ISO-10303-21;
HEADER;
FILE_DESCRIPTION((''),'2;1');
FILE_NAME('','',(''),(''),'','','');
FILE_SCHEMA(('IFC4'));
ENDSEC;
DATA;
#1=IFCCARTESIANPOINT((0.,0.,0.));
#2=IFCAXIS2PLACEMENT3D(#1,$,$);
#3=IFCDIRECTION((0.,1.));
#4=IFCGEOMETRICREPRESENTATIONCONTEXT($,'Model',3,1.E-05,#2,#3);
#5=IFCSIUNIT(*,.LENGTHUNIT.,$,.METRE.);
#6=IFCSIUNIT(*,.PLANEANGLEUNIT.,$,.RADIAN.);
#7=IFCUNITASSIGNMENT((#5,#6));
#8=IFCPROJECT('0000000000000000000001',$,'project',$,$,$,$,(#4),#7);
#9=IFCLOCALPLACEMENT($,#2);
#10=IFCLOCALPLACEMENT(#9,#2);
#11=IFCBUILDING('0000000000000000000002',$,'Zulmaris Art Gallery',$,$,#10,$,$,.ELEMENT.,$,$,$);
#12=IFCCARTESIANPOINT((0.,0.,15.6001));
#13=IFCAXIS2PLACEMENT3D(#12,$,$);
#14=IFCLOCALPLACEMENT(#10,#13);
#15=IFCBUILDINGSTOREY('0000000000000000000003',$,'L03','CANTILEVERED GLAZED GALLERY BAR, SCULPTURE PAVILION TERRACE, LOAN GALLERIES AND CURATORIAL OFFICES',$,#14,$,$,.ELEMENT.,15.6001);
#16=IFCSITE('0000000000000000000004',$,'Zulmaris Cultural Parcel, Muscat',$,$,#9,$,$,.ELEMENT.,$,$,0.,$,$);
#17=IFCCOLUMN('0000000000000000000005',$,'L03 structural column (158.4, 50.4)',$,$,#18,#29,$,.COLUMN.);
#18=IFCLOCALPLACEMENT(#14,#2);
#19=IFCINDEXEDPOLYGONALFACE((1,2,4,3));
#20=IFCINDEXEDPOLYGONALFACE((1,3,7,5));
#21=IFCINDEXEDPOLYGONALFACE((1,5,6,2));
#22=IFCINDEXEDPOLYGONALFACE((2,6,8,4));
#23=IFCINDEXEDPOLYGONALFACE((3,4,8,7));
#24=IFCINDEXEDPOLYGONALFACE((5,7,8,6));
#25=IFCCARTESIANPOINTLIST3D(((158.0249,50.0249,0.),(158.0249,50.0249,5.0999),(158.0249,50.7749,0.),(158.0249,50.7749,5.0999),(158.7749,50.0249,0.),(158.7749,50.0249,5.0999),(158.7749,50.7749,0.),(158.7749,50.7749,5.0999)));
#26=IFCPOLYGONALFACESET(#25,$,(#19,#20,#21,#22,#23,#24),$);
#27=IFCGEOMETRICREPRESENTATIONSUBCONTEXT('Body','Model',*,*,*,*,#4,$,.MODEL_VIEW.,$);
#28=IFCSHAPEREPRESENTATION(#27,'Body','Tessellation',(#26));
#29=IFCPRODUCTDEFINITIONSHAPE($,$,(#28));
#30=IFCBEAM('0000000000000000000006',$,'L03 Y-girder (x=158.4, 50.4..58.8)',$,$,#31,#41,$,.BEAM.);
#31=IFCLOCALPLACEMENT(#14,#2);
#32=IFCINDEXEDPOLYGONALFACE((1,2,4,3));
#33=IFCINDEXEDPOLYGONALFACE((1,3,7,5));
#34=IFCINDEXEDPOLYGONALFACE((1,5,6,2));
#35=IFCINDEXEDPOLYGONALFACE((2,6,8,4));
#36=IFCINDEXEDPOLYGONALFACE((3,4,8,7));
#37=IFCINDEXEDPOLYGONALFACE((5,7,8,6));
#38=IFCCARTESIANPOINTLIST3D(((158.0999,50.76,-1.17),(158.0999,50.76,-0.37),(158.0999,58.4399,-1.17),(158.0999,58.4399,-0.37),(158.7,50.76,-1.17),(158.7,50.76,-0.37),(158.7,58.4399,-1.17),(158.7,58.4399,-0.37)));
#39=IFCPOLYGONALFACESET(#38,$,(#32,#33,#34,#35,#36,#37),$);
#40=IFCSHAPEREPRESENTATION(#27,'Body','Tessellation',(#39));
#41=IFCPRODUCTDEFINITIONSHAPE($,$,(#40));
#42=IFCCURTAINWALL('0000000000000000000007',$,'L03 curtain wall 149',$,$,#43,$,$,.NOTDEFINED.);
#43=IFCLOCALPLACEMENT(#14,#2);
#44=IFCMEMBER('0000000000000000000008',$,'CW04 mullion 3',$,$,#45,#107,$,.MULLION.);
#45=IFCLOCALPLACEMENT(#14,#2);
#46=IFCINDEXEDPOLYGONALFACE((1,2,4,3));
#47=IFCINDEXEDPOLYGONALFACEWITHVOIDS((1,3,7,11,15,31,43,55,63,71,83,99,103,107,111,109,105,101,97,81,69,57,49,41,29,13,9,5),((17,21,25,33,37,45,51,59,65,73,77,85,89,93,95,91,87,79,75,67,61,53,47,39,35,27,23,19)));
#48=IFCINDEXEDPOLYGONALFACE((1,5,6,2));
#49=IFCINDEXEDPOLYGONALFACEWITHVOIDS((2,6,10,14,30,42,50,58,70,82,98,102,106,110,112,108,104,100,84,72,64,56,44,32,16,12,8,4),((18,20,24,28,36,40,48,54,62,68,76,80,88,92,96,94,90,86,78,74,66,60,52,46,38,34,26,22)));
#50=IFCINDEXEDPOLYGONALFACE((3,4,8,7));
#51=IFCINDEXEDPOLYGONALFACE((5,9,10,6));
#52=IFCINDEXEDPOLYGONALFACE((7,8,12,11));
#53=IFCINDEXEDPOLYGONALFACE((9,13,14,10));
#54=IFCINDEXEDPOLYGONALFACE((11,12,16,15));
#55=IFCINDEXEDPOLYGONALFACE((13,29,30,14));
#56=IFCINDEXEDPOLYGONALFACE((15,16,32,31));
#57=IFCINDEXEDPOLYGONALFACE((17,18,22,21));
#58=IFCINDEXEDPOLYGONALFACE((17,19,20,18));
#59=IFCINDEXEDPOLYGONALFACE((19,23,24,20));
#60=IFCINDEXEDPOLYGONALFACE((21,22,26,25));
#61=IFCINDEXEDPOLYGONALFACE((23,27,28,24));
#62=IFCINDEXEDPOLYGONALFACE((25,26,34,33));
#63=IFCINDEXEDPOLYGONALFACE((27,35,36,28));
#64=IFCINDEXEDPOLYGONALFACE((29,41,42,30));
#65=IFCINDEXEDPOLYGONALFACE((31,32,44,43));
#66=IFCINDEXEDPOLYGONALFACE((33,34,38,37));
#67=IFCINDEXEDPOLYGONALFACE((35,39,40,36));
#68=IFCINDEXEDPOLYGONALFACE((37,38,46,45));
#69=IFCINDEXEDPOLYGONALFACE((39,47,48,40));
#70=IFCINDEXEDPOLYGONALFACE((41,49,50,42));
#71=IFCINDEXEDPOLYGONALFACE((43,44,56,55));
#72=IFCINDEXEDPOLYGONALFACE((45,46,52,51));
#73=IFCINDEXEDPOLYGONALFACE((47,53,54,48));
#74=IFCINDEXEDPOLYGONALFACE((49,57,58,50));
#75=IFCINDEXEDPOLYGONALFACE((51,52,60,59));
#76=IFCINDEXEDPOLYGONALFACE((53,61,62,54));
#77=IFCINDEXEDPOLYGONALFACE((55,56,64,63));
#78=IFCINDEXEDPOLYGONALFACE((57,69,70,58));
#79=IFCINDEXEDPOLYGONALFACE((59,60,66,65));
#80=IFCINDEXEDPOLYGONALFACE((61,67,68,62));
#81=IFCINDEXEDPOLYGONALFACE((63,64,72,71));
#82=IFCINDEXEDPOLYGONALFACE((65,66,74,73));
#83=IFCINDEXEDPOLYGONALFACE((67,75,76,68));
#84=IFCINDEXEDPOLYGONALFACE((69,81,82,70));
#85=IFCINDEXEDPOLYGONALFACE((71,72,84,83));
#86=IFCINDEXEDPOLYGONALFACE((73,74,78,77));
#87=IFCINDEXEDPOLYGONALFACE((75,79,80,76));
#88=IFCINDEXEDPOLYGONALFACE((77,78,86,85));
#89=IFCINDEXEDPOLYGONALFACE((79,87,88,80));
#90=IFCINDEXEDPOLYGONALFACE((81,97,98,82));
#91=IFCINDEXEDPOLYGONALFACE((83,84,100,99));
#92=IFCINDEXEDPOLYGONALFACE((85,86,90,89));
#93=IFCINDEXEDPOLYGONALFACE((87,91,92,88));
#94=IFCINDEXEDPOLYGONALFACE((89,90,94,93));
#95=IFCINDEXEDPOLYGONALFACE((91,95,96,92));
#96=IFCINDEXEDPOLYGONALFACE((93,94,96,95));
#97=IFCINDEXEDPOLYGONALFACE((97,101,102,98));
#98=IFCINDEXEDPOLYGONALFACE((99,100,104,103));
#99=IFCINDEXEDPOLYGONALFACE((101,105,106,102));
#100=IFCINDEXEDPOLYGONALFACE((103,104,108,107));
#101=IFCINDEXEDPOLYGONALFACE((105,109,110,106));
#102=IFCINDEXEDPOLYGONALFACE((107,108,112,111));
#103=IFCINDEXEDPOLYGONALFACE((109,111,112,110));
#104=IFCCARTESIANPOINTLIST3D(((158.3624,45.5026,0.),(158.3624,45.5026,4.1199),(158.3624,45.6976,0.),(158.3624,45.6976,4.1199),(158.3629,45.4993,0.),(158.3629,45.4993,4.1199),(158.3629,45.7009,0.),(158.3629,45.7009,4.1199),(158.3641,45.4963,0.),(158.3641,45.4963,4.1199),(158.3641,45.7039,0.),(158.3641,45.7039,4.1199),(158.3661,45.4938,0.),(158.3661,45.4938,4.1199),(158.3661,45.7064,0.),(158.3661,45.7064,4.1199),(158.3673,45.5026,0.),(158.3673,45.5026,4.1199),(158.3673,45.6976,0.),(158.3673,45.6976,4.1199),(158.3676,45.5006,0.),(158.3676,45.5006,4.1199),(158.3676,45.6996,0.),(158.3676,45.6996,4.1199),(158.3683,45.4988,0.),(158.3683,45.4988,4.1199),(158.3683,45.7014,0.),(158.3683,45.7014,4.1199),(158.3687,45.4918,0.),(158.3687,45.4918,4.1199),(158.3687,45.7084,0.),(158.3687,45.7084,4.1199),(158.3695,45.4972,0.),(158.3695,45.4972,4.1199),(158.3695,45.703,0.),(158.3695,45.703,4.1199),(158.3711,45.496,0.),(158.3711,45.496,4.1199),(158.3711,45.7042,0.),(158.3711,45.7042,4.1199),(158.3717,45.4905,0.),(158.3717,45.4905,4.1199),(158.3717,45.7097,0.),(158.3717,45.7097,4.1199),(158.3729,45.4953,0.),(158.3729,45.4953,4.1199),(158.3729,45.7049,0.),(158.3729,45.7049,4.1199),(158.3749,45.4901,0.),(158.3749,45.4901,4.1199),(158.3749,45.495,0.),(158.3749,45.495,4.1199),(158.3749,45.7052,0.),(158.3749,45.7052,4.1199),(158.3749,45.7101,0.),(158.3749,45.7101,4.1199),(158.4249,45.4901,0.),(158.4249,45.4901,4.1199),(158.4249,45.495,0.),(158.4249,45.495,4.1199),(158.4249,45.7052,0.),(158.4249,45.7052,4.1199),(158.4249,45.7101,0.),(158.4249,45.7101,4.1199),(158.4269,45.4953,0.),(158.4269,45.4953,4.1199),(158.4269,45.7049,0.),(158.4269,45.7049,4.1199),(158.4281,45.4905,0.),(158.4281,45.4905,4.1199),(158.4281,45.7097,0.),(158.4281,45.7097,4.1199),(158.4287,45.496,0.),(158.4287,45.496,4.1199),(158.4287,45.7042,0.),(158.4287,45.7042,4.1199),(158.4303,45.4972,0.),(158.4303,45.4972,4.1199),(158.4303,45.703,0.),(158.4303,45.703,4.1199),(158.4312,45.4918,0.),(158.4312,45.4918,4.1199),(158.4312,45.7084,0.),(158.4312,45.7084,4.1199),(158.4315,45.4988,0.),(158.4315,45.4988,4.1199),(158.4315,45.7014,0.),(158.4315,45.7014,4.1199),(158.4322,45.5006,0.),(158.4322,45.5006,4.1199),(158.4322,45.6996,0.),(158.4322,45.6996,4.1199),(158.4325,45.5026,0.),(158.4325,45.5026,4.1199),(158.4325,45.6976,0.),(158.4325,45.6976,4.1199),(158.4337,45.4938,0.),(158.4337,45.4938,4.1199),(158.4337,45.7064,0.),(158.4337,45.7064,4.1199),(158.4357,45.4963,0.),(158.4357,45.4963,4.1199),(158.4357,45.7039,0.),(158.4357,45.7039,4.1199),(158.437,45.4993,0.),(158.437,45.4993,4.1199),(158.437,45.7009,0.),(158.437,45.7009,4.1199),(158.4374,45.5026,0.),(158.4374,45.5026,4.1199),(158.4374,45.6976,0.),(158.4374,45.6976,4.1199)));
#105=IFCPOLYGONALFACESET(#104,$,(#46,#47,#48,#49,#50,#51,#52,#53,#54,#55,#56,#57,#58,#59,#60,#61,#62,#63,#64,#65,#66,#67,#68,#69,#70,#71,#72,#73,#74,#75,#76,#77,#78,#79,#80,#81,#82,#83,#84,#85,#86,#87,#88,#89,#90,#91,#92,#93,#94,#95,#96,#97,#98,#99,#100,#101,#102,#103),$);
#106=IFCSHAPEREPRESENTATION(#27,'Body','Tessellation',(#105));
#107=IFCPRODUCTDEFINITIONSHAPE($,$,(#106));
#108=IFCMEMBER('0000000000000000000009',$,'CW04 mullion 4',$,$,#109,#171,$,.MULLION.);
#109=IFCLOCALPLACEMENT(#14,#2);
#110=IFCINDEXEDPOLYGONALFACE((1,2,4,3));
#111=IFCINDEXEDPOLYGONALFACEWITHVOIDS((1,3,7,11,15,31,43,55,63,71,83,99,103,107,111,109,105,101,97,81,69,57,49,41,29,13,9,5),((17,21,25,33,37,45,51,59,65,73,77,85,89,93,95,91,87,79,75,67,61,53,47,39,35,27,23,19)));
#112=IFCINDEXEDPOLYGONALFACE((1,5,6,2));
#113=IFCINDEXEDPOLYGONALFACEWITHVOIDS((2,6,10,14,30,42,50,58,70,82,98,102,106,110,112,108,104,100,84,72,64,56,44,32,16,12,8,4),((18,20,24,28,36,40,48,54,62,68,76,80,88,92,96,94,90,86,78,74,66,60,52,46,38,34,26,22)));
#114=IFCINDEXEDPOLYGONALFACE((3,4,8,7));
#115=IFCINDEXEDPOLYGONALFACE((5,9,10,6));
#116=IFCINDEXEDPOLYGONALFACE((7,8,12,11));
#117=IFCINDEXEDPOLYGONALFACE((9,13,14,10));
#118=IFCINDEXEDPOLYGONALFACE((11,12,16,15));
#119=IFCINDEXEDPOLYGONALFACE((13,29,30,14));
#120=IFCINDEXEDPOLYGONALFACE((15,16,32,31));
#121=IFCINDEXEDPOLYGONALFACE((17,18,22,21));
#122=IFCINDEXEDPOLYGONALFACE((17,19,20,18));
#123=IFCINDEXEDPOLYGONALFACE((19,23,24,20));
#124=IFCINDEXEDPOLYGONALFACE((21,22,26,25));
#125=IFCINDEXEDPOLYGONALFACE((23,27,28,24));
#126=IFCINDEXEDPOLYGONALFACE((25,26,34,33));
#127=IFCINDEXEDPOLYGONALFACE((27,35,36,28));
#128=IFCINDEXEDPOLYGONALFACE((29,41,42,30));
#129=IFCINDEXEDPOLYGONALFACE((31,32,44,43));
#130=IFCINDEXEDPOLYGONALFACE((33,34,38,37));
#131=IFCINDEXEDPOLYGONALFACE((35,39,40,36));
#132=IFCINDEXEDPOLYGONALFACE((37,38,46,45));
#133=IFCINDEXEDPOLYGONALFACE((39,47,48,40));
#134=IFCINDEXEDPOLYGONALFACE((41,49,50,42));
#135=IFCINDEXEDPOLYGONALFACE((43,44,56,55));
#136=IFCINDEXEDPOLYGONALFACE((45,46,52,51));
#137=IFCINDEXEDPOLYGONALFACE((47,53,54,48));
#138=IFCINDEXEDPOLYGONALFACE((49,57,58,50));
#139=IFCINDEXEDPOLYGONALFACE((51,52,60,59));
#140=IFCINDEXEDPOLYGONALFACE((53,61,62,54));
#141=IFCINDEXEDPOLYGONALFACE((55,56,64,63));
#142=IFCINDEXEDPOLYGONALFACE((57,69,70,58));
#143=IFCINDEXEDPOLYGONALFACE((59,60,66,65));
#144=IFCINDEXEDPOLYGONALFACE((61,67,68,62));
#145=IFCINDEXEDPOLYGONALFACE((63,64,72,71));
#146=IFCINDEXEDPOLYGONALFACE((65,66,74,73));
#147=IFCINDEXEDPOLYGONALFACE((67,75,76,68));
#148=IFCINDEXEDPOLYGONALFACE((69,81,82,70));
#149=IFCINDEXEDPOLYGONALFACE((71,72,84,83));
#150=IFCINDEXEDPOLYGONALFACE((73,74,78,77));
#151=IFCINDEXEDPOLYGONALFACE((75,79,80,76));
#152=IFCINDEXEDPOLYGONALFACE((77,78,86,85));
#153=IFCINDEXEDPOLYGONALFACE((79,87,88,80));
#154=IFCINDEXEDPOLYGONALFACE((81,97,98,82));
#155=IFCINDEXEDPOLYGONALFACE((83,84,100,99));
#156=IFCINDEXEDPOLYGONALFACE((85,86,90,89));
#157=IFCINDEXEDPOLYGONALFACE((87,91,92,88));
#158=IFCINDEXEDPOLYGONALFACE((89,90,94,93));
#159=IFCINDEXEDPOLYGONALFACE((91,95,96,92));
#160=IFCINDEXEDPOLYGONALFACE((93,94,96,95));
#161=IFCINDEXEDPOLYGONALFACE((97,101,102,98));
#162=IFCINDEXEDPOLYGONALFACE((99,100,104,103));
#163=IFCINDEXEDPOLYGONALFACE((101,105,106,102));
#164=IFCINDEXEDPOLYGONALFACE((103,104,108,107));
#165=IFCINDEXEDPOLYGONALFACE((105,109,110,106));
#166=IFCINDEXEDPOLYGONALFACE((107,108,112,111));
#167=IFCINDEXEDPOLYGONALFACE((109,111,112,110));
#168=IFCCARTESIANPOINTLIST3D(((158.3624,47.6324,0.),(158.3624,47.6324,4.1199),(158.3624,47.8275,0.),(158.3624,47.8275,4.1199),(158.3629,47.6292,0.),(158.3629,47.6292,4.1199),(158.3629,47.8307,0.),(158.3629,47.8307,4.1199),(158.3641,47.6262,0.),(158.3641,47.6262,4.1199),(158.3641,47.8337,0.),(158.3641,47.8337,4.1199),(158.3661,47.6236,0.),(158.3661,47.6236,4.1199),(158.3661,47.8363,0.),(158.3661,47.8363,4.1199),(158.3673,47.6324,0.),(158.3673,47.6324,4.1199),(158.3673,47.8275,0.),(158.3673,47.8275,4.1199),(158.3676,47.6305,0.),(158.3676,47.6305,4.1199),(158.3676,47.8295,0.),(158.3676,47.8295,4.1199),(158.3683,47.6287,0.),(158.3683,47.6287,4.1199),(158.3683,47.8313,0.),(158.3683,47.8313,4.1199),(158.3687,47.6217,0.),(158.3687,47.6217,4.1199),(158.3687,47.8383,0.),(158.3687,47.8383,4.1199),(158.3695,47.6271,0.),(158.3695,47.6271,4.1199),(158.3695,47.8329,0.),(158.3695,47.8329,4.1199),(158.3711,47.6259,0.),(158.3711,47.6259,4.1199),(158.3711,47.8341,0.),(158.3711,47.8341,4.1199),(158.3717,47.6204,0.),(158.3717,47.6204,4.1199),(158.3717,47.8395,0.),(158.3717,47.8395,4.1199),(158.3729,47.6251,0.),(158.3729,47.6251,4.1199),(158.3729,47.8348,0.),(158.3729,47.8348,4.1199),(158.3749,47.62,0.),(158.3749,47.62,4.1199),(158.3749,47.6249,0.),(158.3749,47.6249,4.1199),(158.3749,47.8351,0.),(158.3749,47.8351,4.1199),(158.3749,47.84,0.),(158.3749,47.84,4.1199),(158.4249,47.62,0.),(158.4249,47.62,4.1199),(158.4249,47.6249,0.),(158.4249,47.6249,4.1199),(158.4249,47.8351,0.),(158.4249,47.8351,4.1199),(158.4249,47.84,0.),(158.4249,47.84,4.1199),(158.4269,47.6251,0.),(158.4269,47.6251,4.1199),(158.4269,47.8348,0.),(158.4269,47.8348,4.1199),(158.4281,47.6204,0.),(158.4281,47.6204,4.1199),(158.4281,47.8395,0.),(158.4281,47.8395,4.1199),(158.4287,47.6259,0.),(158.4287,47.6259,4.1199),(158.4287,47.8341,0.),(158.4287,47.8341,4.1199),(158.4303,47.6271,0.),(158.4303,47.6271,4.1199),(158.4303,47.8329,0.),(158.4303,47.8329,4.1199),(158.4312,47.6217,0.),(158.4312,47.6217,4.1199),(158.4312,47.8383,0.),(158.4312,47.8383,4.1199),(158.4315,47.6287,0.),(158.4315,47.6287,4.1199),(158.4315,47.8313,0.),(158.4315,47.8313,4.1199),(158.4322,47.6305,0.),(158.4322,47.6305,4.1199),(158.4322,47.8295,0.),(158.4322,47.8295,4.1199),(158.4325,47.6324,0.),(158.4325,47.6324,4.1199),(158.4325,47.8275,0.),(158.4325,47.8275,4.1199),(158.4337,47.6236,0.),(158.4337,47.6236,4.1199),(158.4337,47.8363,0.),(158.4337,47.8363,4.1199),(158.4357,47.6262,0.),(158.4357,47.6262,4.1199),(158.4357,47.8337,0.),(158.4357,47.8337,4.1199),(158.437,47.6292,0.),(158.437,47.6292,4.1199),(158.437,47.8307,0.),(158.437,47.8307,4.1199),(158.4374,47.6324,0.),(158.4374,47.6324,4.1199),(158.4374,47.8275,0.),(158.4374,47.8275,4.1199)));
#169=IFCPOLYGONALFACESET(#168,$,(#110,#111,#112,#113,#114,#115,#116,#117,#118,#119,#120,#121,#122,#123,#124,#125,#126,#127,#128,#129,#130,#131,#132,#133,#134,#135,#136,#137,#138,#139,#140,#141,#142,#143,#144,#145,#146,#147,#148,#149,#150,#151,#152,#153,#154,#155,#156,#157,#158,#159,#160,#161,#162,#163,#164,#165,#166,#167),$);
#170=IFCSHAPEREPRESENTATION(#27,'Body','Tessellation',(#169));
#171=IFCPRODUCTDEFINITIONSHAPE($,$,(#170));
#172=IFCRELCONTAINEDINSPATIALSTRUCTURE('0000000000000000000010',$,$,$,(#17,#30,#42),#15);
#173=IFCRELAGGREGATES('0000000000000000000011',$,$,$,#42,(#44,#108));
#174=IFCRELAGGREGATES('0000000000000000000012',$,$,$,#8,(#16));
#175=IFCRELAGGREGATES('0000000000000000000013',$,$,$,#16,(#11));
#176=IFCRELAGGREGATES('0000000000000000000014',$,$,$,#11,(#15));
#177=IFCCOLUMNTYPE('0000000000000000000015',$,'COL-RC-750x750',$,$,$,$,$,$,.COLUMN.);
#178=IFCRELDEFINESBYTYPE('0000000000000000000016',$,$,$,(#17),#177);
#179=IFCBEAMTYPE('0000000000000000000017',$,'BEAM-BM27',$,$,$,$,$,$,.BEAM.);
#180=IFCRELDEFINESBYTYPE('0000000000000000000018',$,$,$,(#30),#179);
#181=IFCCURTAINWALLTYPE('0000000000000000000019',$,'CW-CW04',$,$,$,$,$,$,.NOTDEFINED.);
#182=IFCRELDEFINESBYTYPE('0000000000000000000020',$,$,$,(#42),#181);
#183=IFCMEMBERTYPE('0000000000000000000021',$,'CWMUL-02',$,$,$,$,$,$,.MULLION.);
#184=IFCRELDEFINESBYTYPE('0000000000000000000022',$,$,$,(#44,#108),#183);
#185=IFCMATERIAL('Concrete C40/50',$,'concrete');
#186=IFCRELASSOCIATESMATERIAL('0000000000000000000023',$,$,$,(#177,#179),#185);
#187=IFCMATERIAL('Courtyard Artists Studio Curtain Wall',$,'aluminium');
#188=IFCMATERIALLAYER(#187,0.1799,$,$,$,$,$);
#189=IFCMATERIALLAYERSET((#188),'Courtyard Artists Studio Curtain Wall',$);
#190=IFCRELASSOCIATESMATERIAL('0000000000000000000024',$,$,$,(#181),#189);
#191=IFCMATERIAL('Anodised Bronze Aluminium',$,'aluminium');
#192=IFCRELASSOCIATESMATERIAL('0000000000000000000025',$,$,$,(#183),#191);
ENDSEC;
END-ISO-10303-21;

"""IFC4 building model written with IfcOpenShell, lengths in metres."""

from ifc_helpers import new_model, si_unit, direction, frame, origin, origin_2d, place, context, subcontext, project, spatial, rectangle, hollow_rectangle, extrude, material, layer, layer_set, material_profile, profile_set, type_object, element, aggregate, save


model = new_model("IFC4")

# Units and contexts
model_context = context("Model", 3, precision=1e-05, world=origin(), true_north=direction((0.0, 1.0)))
body_context = subcontext(model_context, "Body", "Model", "MODEL_VIEW")
ifc_project = project(units=[si_unit("LENGTHUNIT", "METRE"), si_unit("PLANEANGLEUNIT", "RADIAN")], contexts=[model_context])

# Site, building, storey
site_placement = place(None, origin())
site = spatial("IfcSite", under=ifc_project, at=site_placement, Name="Zulmaris Cultural Parcel, Muscat", CompositionType="ELEMENT", RefElevation=0.0)
building_placement = place(site_placement, origin())
building = spatial("IfcBuilding", under=site, at=building_placement, Name="Zulmaris Art Gallery", CompositionType="ELEMENT")
storey_placement = place(building_placement, frame((0.0, 0.0, 15.6001)))
storey = spatial("IfcBuildingStorey", under=building, at=storey_placement, Name="L03", Description="CANTILEVERED GLAZED GALLERY BAR, SCULPTURE PAVILION TERRACE, LOAN GALLERIES AND CURATORIAL OFFICES", CompositionType="ELEMENT", Elevation=15.6001)

# Column
ifc_material_1 = material(Name="Concrete C40/50", Category="concrete")
ifc_material_profile_1 = material_profile(ifc_material_1, rectangle(XDim=0.75, YDim=0.75, at=origin_2d()), Name="RC 750x750")
ifc_profile_set_1 = profile_set([ifc_material_profile_1], Name="Concrete C40/50")
column_type = type_object("IfcColumnType", Name="COL-RC-750x750", PredefinedType="COLUMN", material=ifc_profile_set_1)
column_placement = place(storey_placement, frame((158.3999, 50.3999, 0.0), z_axis=(0.0, 0.0, 1.0), x_axis=(1.0, 0.0, 0.0)))
element("IfcColumn", 1, at=column_placement, inside=storey, type_object=column_type, Name="L03 structural column (158.4, 50.4)", PredefinedType="COLUMN", context=body_context, shape_type="SweptSolid", body=[
    extrude(rectangle(XDim=0.75, YDim=0.75, at=origin_2d()), origin(), (0.0, 0.0, 1.0), 5.0999),
])

# Beam
ifc_material_profile_2 = material_profile(ifc_material_1, rectangle(XDim=0.6001, YDim=0.8, at=origin_2d()), Name="RC 600x800")
ifc_profile_set_2 = profile_set([ifc_material_profile_2], Name="Concrete C40/50")
beam_type = type_object("IfcBeamType", Name="BEAM-BM27", PredefinedType="BEAM", material=ifc_profile_set_2)
beam_placement = place(storey_placement, frame((158.3999, 50.76, -0.77), z_axis=(0.0, 1.0, 0.0), x_axis=(-1.0, 0.0, 0.0)))
element("IfcBeam", 2, at=beam_placement, inside=storey, type_object=beam_type, Name="L03 Y-girder (x=158.4, 50.4..58.8)", PredefinedType="BEAM", context=body_context, shape_type="SweptSolid", body=[
    extrude(rectangle(XDim=0.6001, YDim=0.8, at=origin_2d()), origin(), (0.0, 0.0, 1.0), 7.6799),
])

# Curtain wall, members
ifc_material_2 = material(Name="Courtyard Artists Studio Curtain Wall", Category="aluminium")
ifc_layer_1 = layer(ifc_material_2, 0.1799)
ifc_layer_set_1 = layer_set([ifc_layer_1], Name="Courtyard Artists Studio Curtain Wall")
curtain_wall_type = type_object("IfcCurtainWallType", Name="CW-CW04", PredefinedType="NOTDEFINED", material=ifc_layer_set_1)
curtain_wall_1_placement = place(storey_placement, origin())
curtain_wall_1 = element("IfcCurtainWall", 3, at=curtain_wall_1_placement, inside=storey, type_object=curtain_wall_type, Name="L03 curtain wall 149", PredefinedType="NOTDEFINED")
ifc_material_3 = material(Name="Anodised Bronze Aluminium", Category="aluminium")
ifc_material_profile_3 = material_profile(ifc_material_3, hollow_rectangle(XDim=0.075, YDim=0.22, WallThickness=0.0049, InnerFilletRadius=0.0076, OuterFilletRadius=0.0125, at=origin_2d()), Name="ALU 75x220x5")
ifc_profile_set_3 = profile_set([ifc_material_profile_3], Name="Anodised Bronze Aluminium")
member_type_1 = type_object("IfcMemberType", Name="CWMUL-02", PredefinedType="MULLION", material=ifc_profile_set_3)
member_1_placement = place(storey_placement, frame((158.3999, 45.6001, 0.0), z_axis=(0.0, 0.0, 1.0), x_axis=(-1.0, 0.0, 0.0)))
member_1 = element("IfcMember", 4, at=member_1_placement, type_object=member_type_1, Name="CW04 mullion 3", PredefinedType="MULLION", context=body_context, shape_type="SweptSolid", body=[
    extrude(hollow_rectangle(XDim=0.075, YDim=0.22, WallThickness=0.0049, InnerFilletRadius=0.0076, OuterFilletRadius=0.0125, at=origin_2d()), origin(), (0.0, 0.0, 1.0), 4.1199),
])
member_2_placement = place(storey_placement, frame((158.3999, 47.73, 0.0), z_axis=(0.0, 0.0, 1.0), x_axis=(-1.0, 0.0, 0.0)))
member_2 = element("IfcMember", 5, at=member_2_placement, type_object=member_type_1, Name="CW04 mullion 4", PredefinedType="MULLION", context=body_context, shape_type="SweptSolid", body=[
    extrude(hollow_rectangle(XDim=0.075, YDim=0.22, WallThickness=0.0049, InnerFilletRadius=0.0076, OuterFilletRadius=0.0125, at=origin_2d()), origin(), (0.0, 0.0, 1.0), 4.1199),
])

aggregate(curtain_wall_1, [member_1, member_2])

save(model, "model.ifc")
